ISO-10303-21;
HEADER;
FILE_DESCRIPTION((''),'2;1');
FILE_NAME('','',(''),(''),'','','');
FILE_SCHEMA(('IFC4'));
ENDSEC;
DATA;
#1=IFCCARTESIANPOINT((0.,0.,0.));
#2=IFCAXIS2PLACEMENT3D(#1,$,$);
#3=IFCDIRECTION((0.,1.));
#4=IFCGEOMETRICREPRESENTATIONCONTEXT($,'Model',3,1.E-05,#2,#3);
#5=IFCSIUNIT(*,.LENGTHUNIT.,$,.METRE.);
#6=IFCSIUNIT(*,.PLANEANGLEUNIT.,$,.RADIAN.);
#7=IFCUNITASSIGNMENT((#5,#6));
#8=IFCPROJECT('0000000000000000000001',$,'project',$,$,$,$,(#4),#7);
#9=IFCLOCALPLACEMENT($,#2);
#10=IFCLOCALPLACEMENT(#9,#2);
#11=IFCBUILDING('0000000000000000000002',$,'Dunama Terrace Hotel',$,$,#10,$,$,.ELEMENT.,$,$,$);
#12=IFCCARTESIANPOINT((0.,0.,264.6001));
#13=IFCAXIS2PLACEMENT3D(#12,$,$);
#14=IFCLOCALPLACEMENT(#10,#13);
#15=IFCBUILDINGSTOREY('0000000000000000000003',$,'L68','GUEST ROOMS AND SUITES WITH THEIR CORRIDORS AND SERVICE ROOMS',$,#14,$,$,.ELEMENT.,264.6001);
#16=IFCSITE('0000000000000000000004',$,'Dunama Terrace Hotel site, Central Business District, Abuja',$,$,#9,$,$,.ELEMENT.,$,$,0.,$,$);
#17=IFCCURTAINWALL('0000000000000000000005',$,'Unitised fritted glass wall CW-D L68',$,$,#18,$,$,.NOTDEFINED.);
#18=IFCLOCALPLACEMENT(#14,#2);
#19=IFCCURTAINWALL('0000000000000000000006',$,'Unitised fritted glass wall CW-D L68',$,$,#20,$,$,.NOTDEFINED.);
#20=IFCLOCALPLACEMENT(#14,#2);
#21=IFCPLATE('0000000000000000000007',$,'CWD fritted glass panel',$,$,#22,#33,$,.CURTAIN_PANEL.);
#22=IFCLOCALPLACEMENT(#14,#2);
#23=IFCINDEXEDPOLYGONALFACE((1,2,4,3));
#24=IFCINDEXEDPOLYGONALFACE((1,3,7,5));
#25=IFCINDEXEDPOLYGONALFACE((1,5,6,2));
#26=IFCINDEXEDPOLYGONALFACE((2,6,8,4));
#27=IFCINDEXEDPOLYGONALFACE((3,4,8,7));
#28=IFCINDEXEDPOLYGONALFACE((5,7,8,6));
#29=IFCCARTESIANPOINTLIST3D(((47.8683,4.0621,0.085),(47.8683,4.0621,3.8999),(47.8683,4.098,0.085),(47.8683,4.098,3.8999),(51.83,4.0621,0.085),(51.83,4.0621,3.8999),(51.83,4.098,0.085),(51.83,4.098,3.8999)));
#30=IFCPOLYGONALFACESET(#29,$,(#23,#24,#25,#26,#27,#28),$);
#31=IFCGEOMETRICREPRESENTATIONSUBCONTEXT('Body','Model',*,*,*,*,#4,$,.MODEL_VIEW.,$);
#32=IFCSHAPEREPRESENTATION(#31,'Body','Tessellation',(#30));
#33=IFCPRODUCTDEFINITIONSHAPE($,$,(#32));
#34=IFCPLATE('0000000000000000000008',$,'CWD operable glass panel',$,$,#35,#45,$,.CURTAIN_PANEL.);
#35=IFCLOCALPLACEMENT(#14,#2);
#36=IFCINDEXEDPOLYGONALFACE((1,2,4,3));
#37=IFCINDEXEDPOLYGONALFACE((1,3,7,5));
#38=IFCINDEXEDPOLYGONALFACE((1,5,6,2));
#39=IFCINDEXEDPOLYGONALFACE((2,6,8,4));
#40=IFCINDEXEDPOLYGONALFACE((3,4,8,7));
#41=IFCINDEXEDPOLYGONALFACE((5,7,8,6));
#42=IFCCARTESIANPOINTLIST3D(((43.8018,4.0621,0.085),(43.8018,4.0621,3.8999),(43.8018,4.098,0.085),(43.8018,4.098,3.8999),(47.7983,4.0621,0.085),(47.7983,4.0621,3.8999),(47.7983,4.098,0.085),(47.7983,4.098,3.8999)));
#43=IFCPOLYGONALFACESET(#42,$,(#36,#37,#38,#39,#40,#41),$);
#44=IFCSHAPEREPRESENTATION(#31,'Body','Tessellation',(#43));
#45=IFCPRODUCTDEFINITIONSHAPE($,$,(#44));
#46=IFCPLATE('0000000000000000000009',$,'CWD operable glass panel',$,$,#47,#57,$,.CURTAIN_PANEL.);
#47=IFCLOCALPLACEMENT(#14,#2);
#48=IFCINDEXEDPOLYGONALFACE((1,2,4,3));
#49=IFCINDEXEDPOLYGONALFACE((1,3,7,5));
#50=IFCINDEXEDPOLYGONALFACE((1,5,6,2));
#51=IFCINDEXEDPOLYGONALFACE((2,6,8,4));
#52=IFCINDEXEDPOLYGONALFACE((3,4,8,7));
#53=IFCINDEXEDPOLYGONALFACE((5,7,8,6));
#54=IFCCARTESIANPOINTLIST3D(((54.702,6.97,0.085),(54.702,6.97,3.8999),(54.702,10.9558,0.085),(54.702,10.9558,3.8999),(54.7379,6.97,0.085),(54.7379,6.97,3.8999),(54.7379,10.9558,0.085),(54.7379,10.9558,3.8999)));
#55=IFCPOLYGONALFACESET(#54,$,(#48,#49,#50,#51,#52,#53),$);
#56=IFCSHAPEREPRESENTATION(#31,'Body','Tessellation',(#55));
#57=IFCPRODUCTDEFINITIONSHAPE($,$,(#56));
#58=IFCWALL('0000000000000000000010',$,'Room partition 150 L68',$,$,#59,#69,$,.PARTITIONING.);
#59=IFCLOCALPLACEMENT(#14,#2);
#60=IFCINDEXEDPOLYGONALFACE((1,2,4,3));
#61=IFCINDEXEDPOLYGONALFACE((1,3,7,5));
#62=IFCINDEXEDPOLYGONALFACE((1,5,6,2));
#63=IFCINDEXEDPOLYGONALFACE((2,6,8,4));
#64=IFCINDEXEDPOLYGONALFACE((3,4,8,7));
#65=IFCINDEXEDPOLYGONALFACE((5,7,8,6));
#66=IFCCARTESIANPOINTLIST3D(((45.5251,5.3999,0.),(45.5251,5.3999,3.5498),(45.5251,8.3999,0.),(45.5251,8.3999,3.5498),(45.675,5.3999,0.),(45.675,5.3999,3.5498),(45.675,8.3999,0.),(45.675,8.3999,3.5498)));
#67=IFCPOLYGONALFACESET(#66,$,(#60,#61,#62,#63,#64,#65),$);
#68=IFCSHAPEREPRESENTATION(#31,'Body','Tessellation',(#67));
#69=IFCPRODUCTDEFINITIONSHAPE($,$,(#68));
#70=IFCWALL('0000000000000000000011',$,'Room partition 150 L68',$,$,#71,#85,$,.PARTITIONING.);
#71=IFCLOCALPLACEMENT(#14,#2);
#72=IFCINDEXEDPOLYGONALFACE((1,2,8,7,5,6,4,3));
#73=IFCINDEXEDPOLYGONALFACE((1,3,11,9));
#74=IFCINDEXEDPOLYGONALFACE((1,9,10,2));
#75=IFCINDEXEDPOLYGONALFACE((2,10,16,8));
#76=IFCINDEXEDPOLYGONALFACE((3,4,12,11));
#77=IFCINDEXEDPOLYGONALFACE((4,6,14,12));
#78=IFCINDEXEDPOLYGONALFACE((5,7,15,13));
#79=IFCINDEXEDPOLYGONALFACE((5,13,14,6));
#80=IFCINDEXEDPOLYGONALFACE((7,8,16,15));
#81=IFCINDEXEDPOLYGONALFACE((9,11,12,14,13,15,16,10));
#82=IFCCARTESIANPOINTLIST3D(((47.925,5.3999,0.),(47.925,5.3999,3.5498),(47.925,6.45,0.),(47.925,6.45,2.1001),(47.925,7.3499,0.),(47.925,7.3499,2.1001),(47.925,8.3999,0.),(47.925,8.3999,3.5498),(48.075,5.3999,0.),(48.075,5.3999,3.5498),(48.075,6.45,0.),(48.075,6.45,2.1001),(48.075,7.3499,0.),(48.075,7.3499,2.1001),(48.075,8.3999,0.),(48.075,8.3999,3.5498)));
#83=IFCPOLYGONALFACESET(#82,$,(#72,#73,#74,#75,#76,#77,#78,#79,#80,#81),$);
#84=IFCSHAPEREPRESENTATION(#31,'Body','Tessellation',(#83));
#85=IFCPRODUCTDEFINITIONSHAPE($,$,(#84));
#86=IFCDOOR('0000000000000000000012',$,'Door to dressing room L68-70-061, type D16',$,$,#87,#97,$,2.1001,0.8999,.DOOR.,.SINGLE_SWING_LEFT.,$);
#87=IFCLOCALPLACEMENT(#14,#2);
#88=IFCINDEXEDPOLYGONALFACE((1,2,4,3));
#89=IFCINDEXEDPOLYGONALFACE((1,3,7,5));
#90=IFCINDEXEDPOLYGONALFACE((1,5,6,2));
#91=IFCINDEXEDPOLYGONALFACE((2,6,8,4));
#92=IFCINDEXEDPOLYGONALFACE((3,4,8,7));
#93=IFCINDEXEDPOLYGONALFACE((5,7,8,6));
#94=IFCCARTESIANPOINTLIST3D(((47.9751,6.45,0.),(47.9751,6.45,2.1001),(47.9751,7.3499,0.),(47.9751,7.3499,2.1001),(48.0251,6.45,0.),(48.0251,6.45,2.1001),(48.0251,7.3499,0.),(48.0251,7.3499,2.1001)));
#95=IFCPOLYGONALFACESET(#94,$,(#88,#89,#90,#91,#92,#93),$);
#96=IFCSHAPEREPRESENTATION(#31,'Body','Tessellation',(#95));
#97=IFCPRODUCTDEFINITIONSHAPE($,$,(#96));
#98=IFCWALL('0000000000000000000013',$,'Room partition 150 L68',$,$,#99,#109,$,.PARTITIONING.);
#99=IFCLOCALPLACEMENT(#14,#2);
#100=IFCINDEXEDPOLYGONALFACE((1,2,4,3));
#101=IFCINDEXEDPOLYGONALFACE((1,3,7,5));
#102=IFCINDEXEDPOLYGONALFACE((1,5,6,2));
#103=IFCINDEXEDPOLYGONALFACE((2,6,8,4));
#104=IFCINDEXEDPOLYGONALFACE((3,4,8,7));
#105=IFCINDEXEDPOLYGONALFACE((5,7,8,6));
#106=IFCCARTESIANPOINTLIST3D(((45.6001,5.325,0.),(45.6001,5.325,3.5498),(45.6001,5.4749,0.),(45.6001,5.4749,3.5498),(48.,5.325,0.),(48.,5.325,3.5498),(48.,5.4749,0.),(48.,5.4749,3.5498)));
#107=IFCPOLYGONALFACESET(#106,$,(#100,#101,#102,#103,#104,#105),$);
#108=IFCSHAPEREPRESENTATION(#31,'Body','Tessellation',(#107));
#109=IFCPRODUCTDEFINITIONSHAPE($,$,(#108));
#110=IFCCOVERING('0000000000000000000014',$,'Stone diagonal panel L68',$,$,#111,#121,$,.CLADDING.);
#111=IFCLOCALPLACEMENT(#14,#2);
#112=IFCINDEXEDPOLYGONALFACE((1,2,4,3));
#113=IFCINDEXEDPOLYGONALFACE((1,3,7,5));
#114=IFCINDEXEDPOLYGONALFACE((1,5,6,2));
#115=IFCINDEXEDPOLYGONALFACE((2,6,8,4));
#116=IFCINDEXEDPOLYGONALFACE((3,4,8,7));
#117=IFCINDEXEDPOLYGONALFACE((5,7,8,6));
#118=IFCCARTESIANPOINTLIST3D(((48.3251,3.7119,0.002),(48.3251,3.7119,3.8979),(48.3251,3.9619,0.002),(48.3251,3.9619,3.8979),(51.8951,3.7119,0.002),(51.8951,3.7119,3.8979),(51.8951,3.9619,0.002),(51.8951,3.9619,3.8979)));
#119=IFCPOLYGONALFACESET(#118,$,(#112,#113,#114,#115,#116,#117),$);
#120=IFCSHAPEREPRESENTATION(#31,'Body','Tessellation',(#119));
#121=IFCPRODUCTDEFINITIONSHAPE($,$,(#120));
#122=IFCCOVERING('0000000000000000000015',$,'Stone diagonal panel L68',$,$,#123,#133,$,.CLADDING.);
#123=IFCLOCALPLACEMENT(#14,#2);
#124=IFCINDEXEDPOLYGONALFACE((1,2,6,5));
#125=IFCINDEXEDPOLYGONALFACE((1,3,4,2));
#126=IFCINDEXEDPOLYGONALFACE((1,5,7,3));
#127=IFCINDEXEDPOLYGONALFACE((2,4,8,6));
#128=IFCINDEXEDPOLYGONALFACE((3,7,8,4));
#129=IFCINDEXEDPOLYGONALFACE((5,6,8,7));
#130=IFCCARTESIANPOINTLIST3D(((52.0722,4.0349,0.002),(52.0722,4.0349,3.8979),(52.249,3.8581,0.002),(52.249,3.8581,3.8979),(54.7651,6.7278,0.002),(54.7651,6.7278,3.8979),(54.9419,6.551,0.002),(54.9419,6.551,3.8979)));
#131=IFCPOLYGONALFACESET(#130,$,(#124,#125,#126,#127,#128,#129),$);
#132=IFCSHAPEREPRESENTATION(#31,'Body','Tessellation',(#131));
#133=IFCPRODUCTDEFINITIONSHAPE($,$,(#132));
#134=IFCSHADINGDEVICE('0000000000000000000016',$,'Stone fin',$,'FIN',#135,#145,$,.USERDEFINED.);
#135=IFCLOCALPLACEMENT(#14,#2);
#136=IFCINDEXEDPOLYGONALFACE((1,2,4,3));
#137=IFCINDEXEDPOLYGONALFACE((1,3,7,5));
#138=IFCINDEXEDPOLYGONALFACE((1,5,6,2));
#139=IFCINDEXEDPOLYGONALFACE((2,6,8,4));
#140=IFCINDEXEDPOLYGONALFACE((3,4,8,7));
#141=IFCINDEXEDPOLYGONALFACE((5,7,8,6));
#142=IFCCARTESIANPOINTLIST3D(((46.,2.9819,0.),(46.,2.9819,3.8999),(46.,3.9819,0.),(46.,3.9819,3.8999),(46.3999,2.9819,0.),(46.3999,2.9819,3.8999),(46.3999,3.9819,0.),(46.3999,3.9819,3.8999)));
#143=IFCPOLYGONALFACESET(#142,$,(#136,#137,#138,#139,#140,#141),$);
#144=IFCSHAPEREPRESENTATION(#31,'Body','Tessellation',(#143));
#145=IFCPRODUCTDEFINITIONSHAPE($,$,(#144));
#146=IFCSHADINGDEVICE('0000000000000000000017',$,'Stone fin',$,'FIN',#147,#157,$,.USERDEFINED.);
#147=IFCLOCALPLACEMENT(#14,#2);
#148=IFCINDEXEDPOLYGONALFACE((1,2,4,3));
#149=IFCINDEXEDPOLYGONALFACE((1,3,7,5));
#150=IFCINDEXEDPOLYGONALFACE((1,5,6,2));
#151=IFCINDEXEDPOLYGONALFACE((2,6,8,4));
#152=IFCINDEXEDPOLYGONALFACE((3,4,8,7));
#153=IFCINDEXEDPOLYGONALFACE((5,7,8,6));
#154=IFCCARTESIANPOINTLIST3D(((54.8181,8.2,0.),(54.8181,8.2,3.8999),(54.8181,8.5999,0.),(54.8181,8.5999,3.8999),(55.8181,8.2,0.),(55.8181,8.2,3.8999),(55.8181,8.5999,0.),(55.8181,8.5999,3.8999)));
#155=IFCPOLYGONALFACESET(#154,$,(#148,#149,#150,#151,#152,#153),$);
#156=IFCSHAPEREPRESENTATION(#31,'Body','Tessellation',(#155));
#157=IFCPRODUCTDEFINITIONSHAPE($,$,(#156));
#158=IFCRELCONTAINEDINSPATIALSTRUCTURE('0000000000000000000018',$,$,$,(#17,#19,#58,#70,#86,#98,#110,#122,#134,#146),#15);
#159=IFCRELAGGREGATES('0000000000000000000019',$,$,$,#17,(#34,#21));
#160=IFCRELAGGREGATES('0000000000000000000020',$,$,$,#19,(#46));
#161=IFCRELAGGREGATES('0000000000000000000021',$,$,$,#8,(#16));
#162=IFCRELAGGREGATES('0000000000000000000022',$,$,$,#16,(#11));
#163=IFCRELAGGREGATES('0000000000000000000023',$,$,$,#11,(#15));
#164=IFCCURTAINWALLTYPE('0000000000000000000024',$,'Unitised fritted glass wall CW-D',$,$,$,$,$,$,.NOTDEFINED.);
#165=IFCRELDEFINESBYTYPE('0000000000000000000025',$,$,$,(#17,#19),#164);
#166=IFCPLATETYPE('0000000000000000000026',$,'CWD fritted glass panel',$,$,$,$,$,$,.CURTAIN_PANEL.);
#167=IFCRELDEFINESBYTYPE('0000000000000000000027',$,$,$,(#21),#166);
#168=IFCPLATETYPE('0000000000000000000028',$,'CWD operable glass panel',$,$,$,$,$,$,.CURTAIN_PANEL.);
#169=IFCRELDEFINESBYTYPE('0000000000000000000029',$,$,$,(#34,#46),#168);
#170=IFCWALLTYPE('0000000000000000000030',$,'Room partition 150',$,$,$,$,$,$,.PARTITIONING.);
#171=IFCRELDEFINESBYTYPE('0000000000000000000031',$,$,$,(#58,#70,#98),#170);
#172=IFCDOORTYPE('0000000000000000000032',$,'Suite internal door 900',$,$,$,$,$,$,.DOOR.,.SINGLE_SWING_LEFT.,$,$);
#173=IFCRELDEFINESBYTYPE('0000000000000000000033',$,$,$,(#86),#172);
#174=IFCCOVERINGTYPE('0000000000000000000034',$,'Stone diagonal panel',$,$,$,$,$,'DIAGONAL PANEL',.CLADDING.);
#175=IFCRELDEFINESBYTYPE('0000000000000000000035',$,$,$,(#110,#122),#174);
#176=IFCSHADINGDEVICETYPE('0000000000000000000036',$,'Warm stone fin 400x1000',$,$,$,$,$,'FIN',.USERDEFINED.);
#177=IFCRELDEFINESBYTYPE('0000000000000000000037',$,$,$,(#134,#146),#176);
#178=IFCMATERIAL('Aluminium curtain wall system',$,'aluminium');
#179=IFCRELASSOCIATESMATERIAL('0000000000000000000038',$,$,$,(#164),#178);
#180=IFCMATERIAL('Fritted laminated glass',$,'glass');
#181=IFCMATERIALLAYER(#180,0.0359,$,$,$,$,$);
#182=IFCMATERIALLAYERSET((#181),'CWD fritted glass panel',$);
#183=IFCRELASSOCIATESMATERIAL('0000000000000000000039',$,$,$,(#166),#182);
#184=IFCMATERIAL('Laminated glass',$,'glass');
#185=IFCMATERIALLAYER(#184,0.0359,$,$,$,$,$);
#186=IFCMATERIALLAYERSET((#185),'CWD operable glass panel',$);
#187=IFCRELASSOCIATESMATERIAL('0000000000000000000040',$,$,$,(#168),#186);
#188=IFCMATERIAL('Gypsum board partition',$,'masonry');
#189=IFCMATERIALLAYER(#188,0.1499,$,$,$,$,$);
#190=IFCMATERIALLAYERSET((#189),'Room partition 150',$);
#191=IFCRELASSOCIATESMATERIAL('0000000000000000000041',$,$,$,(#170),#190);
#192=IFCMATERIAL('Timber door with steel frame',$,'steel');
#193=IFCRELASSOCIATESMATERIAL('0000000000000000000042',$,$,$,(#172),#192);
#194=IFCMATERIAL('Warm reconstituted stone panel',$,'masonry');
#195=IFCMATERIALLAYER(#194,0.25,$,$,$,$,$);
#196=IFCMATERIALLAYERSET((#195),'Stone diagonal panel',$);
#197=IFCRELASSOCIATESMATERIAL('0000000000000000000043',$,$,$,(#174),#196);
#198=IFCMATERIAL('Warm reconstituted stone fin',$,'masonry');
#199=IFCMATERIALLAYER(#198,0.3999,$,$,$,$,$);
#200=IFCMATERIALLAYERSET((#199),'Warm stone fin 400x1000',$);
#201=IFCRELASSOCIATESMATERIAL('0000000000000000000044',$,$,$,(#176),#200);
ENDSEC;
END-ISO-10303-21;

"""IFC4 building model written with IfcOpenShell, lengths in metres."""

from ifc_helpers import new_model, si_unit, direction, frame, frame_2d, origin, origin_2d, place, context, subcontext, project, spatial, rectangle, extrude, material, layer, layer_set, type_object, element, fill, aggregate, save


model = new_model("IFC4")

# Units and contexts
model_context = context("Model", 3, precision=1e-05, world=origin(), true_north=direction((0.0, 1.0)))
body_context = subcontext(model_context, "Body", "Model", "MODEL_VIEW")
ifc_project = project(units=[si_unit("LENGTHUNIT", "METRE"), si_unit("PLANEANGLEUNIT", "RADIAN")], contexts=[model_context])

# Site, building, storey
site_placement = place(None, origin())
site = spatial("IfcSite", under=ifc_project, at=site_placement, Name="Dunama Terrace Hotel site, Central Business District, Abuja", CompositionType="ELEMENT", RefElevation=0.0)
building_placement = place(site_placement, origin())
building = spatial("IfcBuilding", under=site, at=building_placement, Name="Dunama Terrace Hotel", CompositionType="ELEMENT")
storey_placement = place(building_placement, frame((0.0, 0.0, 264.6001)))
storey = spatial("IfcBuildingStorey", under=building, at=storey_placement, Name="L68", Description="GUEST ROOMS AND SUITES WITH THEIR CORRIDORS AND SERVICE ROOMS", CompositionType="ELEMENT", Elevation=264.6001)

# Curtain wall
ifc_material_1 = material(Name="Aluminium curtain wall system", Category="aluminium")
curtain_wall_type = type_object("IfcCurtainWallType", Name="Unitised fritted glass wall CW-D", PredefinedType="NOTDEFINED", material=ifc_material_1)
curtain_wall_1_placement = place(storey_placement, origin())
curtain_wall_1 = element("IfcCurtainWall", 1, at=curtain_wall_1_placement, inside=storey, type_object=curtain_wall_type, Name="Unitised fritted glass wall CW-D L68", PredefinedType="NOTDEFINED")

# Curtain wall
curtain_wall_2_placement = place(storey_placement, origin())
curtain_wall_2 = element("IfcCurtainWall", 2, at=curtain_wall_2_placement, inside=storey, type_object=curtain_wall_type, Name="Unitised fritted glass wall CW-D L68", PredefinedType="NOTDEFINED")

# Plates
ifc_material_2 = material(Name="Fritted laminated glass", Category="glass")
ifc_layer_1 = layer(ifc_material_2, 0.0359)
ifc_layer_set_1 = layer_set([ifc_layer_1], Name="CWD fritted glass panel")
plate_type_1 = type_object("IfcPlateType", Name="CWD fritted glass panel", PredefinedType="CURTAIN_PANEL", material=ifc_layer_set_1)
plate_1_placement = place(storey_placement, frame((49.8491, 4.0801, 0.085), z_axis=(0.0, 0.0, 1.0), x_axis=(1.0, 0.0, 0.0)))
plate_1 = element("IfcPlate", 3, at=plate_1_placement, type_object=plate_type_1, Name="CWD fritted glass panel", PredefinedType="CURTAIN_PANEL", context=body_context, shape_type="SweptSolid", body=[
    extrude(rectangle(XDim=3.9617, YDim=0.0359, at=origin_2d()), origin(), (0.0, 0.0, 1.0), 3.8149),
])
ifc_material_3 = material(Name="Laminated glass", Category="glass")
ifc_layer_2 = layer(ifc_material_3, 0.0359)
ifc_layer_set_2 = layer_set([ifc_layer_2], Name="CWD operable glass panel")
plate_type_2 = type_object("IfcPlateType", Name="CWD operable glass panel", PredefinedType="CURTAIN_PANEL", material=ifc_layer_set_2)
plate_2_placement = place(storey_placement, frame((45.8, 4.0801, 0.085), z_axis=(0.0, 0.0, 1.0), x_axis=(1.0, 0.0, 0.0)))
plate_2 = element("IfcPlate", 4, at=plate_2_placement, type_object=plate_type_2, Name="CWD operable glass panel", PredefinedType="CURTAIN_PANEL", context=body_context, shape_type="SweptSolid", body=[
    extrude(rectangle(XDim=3.9966, YDim=0.0359, at=origin_2d()), origin(), (0.0, 0.0, 1.0), 3.8149),
])
aggregate(curtain_wall_1, [plate_2, plate_1])
plate_3_placement = place(storey_placement, frame((54.72, 8.9629, 0.085), z_axis=(0.0, 0.0, 1.0), x_axis=(0.0, 1.0, 0.0)))
plate_3 = element("IfcPlate", 5, at=plate_3_placement, type_object=plate_type_2, Name="CWD operable glass panel", PredefinedType="CURTAIN_PANEL", context=body_context, shape_type="SweptSolid", body=[
    extrude(rectangle(XDim=3.9858, YDim=0.0359, at=origin_2d()), origin(), (0.0, 0.0, 1.0), 3.8149),
])
aggregate(curtain_wall_2, [plate_3])

# Wall
ifc_material_4 = material(Name="Gypsum board partition", Category="masonry")
ifc_layer_3 = layer(ifc_material_4, 0.1499)
ifc_layer_set_3 = layer_set([ifc_layer_3], Name="Room partition 150")
wall_type = type_object("IfcWallType", Name="Room partition 150", PredefinedType="PARTITIONING", material=ifc_layer_set_3)
wall_1_placement = place(storey_placement, frame((45.6001, 5.3999, 0.0), z_axis=(0.0, 0.0, 1.0), x_axis=(0.0, 1.0, 0.0)))
element("IfcWall", 6, at=wall_1_placement, inside=storey, type_object=wall_type, Name="Room partition 150 L68", PredefinedType="PARTITIONING", context=body_context, shape_type="SweptSolid", body=[
    extrude(rectangle(XDim=3.0, YDim=0.1499, at=frame_2d((1.5, 0.0))), origin(), (0.0, 0.0, 1.0), 3.5498),
])

# Wall, opening, door
wall_2_placement = place(storey_placement, frame((48.0, 5.3999, 0.0), z_axis=(0.0, 0.0, 1.0), x_axis=(0.0, 1.0, 0.0)))
wall_2 = element("IfcWall", 7, at=wall_2_placement, inside=storey, type_object=wall_type, Name="Room partition 150 L68", PredefinedType="PARTITIONING", context=body_context, shape_type="SweptSolid", body=[
    extrude(rectangle(XDim=3.0, YDim=0.1499, at=frame_2d((1.5, 0.0))), origin(), (0.0, 0.0, 1.0), 3.5498),
])
opening_placement = place(wall_2_placement, frame((1.05, 0.0, 0.0)))
opening = element("IfcOpeningElement", 8, at=opening_placement, cuts=wall_2, PredefinedType="OPENING", context=body_context, shape_type="SweptSolid", body=[
    extrude(rectangle(XDim=0.8999, YDim=2.1001, at=frame_2d((0.45, 1.05))), frame((0.0, 0.085, 0.0), z_axis=(0.0, -1.0, 0.0), x_axis=(1.0, 0.0, 0.0)), (0.0, 0.0, 1.0), 0.1699),
])
ifc_material_5 = material(Name="Timber door with steel frame", Category="steel")
door_type = type_object("IfcDoorType", Name="Suite internal door 900", OperationType="SINGLE_SWING_LEFT", PredefinedType="DOOR", material=ifc_material_5)
door_placement = place(opening_placement, origin())
door = element("IfcDoor", 9, at=door_placement, inside=storey, type_object=door_type, Name="Door to dressing room L68-70-061, type D16", OperationType="SINGLE_SWING_LEFT", OverallHeight=2.1001, OverallWidth=0.8999, PredefinedType="DOOR", context=body_context, shape_type="SweptSolid", body=[
    extrude(rectangle(XDim=0.8999, YDim=2.1001, at=frame_2d((0.45, 1.05))), frame((0.0, 0.0249, 0.0), z_axis=(0.0, -1.0, 0.0), x_axis=(1.0, 0.0, 0.0)), (0.0, 0.0, 1.0), 0.05),
])
fill(opening, door)

# Wall
wall_3_placement = place(storey_placement, frame((45.6001, 5.3999, 0.0), z_axis=(0.0, 0.0, 1.0), x_axis=(1.0, 0.0, 0.0)))
element("IfcWall", 10, at=wall_3_placement, inside=storey, type_object=wall_type, Name="Room partition 150 L68", PredefinedType="PARTITIONING", context=body_context, shape_type="SweptSolid", body=[
    extrude(rectangle(XDim=2.3999, YDim=0.1499, at=frame_2d((1.2, 0.0))), origin(), (0.0, 0.0, 1.0), 3.5498),
])

# Coverings
ifc_material_6 = material(Name="Warm reconstituted stone panel", Category="masonry")
ifc_layer_4 = layer(ifc_material_6, 0.25)
ifc_layer_set_4 = layer_set([ifc_layer_4], Name="Stone diagonal panel")
covering_type = type_object("IfcCoveringType", Name="Stone diagonal panel", ElementType="DIAGONAL PANEL", PredefinedType="CLADDING", material=ifc_layer_set_4)
covering_1_placement = place(storey_placement, frame((50.1101, 3.8369, 0.002), z_axis=(0.0, 0.0, 1.0), x_axis=(1.0, 0.0, 0.0)))
element("IfcCovering", 11, at=covering_1_placement, inside=storey, type_object=covering_type, Name="Stone diagonal panel L68", PredefinedType="CLADDING", context=body_context, shape_type="SweptSolid", body=[
    extrude(rectangle(XDim=3.5701, YDim=0.25, at=origin_2d()), origin(), (0.0, 0.0, 1.0), 3.896),
])
covering_2_placement = place(storey_placement, frame((53.5071, 5.293, 0.002), z_axis=(0.0, 0.0, 1.0), x_axis=(0.707107, 0.707107, 0.0)))
element("IfcCovering", 12, at=covering_2_placement, inside=storey, type_object=covering_type, Name="Stone diagonal panel L68", PredefinedType="CLADDING", context=body_context, shape_type="SweptSolid", body=[
    extrude(rectangle(XDim=3.8083, YDim=0.25, at=origin_2d()), origin(), (0.0, 0.0, 1.0), 3.896),
])

# Shading devices
ifc_material_7 = material(Name="Warm reconstituted stone fin", Category="masonry")
ifc_layer_5 = layer(ifc_material_7, 0.3999)
ifc_layer_set_5 = layer_set([ifc_layer_5], Name="Warm stone fin 400x1000")
shading_device_type = type_object("IfcShadingDeviceType", Name="Warm stone fin 400x1000", ElementType="FIN", PredefinedType="USERDEFINED", material=ifc_layer_set_5)
for number, where, z_axis, x_axis, name in (
    (13, (46.2, 3.4819, 0.0), (0.0, 0.0, 1.0), (1.0, 0.0, 0.0), "Stone fin"),
    (14, (55.3181, 8.3999, 0.0), (0.0, 0.0, 1.0), (0.0, 1.0, 0.0), "Stone fin"),
):
    element("IfcShadingDevice", number, at=place(storey_placement, frame(where, z_axis=z_axis, x_axis=x_axis)), inside=storey, type_object=shading_device_type, Name=name, ObjectType="FIN", PredefinedType="USERDEFINED", context=body_context, shape_type="SweptSolid", body=[
        extrude(rectangle(XDim=0.3999, YDim=1.0, at=origin_2d()), origin(), (0.0, 0.0, 1.0), 3.8999),
    ])

save(model, "model.ifc")
